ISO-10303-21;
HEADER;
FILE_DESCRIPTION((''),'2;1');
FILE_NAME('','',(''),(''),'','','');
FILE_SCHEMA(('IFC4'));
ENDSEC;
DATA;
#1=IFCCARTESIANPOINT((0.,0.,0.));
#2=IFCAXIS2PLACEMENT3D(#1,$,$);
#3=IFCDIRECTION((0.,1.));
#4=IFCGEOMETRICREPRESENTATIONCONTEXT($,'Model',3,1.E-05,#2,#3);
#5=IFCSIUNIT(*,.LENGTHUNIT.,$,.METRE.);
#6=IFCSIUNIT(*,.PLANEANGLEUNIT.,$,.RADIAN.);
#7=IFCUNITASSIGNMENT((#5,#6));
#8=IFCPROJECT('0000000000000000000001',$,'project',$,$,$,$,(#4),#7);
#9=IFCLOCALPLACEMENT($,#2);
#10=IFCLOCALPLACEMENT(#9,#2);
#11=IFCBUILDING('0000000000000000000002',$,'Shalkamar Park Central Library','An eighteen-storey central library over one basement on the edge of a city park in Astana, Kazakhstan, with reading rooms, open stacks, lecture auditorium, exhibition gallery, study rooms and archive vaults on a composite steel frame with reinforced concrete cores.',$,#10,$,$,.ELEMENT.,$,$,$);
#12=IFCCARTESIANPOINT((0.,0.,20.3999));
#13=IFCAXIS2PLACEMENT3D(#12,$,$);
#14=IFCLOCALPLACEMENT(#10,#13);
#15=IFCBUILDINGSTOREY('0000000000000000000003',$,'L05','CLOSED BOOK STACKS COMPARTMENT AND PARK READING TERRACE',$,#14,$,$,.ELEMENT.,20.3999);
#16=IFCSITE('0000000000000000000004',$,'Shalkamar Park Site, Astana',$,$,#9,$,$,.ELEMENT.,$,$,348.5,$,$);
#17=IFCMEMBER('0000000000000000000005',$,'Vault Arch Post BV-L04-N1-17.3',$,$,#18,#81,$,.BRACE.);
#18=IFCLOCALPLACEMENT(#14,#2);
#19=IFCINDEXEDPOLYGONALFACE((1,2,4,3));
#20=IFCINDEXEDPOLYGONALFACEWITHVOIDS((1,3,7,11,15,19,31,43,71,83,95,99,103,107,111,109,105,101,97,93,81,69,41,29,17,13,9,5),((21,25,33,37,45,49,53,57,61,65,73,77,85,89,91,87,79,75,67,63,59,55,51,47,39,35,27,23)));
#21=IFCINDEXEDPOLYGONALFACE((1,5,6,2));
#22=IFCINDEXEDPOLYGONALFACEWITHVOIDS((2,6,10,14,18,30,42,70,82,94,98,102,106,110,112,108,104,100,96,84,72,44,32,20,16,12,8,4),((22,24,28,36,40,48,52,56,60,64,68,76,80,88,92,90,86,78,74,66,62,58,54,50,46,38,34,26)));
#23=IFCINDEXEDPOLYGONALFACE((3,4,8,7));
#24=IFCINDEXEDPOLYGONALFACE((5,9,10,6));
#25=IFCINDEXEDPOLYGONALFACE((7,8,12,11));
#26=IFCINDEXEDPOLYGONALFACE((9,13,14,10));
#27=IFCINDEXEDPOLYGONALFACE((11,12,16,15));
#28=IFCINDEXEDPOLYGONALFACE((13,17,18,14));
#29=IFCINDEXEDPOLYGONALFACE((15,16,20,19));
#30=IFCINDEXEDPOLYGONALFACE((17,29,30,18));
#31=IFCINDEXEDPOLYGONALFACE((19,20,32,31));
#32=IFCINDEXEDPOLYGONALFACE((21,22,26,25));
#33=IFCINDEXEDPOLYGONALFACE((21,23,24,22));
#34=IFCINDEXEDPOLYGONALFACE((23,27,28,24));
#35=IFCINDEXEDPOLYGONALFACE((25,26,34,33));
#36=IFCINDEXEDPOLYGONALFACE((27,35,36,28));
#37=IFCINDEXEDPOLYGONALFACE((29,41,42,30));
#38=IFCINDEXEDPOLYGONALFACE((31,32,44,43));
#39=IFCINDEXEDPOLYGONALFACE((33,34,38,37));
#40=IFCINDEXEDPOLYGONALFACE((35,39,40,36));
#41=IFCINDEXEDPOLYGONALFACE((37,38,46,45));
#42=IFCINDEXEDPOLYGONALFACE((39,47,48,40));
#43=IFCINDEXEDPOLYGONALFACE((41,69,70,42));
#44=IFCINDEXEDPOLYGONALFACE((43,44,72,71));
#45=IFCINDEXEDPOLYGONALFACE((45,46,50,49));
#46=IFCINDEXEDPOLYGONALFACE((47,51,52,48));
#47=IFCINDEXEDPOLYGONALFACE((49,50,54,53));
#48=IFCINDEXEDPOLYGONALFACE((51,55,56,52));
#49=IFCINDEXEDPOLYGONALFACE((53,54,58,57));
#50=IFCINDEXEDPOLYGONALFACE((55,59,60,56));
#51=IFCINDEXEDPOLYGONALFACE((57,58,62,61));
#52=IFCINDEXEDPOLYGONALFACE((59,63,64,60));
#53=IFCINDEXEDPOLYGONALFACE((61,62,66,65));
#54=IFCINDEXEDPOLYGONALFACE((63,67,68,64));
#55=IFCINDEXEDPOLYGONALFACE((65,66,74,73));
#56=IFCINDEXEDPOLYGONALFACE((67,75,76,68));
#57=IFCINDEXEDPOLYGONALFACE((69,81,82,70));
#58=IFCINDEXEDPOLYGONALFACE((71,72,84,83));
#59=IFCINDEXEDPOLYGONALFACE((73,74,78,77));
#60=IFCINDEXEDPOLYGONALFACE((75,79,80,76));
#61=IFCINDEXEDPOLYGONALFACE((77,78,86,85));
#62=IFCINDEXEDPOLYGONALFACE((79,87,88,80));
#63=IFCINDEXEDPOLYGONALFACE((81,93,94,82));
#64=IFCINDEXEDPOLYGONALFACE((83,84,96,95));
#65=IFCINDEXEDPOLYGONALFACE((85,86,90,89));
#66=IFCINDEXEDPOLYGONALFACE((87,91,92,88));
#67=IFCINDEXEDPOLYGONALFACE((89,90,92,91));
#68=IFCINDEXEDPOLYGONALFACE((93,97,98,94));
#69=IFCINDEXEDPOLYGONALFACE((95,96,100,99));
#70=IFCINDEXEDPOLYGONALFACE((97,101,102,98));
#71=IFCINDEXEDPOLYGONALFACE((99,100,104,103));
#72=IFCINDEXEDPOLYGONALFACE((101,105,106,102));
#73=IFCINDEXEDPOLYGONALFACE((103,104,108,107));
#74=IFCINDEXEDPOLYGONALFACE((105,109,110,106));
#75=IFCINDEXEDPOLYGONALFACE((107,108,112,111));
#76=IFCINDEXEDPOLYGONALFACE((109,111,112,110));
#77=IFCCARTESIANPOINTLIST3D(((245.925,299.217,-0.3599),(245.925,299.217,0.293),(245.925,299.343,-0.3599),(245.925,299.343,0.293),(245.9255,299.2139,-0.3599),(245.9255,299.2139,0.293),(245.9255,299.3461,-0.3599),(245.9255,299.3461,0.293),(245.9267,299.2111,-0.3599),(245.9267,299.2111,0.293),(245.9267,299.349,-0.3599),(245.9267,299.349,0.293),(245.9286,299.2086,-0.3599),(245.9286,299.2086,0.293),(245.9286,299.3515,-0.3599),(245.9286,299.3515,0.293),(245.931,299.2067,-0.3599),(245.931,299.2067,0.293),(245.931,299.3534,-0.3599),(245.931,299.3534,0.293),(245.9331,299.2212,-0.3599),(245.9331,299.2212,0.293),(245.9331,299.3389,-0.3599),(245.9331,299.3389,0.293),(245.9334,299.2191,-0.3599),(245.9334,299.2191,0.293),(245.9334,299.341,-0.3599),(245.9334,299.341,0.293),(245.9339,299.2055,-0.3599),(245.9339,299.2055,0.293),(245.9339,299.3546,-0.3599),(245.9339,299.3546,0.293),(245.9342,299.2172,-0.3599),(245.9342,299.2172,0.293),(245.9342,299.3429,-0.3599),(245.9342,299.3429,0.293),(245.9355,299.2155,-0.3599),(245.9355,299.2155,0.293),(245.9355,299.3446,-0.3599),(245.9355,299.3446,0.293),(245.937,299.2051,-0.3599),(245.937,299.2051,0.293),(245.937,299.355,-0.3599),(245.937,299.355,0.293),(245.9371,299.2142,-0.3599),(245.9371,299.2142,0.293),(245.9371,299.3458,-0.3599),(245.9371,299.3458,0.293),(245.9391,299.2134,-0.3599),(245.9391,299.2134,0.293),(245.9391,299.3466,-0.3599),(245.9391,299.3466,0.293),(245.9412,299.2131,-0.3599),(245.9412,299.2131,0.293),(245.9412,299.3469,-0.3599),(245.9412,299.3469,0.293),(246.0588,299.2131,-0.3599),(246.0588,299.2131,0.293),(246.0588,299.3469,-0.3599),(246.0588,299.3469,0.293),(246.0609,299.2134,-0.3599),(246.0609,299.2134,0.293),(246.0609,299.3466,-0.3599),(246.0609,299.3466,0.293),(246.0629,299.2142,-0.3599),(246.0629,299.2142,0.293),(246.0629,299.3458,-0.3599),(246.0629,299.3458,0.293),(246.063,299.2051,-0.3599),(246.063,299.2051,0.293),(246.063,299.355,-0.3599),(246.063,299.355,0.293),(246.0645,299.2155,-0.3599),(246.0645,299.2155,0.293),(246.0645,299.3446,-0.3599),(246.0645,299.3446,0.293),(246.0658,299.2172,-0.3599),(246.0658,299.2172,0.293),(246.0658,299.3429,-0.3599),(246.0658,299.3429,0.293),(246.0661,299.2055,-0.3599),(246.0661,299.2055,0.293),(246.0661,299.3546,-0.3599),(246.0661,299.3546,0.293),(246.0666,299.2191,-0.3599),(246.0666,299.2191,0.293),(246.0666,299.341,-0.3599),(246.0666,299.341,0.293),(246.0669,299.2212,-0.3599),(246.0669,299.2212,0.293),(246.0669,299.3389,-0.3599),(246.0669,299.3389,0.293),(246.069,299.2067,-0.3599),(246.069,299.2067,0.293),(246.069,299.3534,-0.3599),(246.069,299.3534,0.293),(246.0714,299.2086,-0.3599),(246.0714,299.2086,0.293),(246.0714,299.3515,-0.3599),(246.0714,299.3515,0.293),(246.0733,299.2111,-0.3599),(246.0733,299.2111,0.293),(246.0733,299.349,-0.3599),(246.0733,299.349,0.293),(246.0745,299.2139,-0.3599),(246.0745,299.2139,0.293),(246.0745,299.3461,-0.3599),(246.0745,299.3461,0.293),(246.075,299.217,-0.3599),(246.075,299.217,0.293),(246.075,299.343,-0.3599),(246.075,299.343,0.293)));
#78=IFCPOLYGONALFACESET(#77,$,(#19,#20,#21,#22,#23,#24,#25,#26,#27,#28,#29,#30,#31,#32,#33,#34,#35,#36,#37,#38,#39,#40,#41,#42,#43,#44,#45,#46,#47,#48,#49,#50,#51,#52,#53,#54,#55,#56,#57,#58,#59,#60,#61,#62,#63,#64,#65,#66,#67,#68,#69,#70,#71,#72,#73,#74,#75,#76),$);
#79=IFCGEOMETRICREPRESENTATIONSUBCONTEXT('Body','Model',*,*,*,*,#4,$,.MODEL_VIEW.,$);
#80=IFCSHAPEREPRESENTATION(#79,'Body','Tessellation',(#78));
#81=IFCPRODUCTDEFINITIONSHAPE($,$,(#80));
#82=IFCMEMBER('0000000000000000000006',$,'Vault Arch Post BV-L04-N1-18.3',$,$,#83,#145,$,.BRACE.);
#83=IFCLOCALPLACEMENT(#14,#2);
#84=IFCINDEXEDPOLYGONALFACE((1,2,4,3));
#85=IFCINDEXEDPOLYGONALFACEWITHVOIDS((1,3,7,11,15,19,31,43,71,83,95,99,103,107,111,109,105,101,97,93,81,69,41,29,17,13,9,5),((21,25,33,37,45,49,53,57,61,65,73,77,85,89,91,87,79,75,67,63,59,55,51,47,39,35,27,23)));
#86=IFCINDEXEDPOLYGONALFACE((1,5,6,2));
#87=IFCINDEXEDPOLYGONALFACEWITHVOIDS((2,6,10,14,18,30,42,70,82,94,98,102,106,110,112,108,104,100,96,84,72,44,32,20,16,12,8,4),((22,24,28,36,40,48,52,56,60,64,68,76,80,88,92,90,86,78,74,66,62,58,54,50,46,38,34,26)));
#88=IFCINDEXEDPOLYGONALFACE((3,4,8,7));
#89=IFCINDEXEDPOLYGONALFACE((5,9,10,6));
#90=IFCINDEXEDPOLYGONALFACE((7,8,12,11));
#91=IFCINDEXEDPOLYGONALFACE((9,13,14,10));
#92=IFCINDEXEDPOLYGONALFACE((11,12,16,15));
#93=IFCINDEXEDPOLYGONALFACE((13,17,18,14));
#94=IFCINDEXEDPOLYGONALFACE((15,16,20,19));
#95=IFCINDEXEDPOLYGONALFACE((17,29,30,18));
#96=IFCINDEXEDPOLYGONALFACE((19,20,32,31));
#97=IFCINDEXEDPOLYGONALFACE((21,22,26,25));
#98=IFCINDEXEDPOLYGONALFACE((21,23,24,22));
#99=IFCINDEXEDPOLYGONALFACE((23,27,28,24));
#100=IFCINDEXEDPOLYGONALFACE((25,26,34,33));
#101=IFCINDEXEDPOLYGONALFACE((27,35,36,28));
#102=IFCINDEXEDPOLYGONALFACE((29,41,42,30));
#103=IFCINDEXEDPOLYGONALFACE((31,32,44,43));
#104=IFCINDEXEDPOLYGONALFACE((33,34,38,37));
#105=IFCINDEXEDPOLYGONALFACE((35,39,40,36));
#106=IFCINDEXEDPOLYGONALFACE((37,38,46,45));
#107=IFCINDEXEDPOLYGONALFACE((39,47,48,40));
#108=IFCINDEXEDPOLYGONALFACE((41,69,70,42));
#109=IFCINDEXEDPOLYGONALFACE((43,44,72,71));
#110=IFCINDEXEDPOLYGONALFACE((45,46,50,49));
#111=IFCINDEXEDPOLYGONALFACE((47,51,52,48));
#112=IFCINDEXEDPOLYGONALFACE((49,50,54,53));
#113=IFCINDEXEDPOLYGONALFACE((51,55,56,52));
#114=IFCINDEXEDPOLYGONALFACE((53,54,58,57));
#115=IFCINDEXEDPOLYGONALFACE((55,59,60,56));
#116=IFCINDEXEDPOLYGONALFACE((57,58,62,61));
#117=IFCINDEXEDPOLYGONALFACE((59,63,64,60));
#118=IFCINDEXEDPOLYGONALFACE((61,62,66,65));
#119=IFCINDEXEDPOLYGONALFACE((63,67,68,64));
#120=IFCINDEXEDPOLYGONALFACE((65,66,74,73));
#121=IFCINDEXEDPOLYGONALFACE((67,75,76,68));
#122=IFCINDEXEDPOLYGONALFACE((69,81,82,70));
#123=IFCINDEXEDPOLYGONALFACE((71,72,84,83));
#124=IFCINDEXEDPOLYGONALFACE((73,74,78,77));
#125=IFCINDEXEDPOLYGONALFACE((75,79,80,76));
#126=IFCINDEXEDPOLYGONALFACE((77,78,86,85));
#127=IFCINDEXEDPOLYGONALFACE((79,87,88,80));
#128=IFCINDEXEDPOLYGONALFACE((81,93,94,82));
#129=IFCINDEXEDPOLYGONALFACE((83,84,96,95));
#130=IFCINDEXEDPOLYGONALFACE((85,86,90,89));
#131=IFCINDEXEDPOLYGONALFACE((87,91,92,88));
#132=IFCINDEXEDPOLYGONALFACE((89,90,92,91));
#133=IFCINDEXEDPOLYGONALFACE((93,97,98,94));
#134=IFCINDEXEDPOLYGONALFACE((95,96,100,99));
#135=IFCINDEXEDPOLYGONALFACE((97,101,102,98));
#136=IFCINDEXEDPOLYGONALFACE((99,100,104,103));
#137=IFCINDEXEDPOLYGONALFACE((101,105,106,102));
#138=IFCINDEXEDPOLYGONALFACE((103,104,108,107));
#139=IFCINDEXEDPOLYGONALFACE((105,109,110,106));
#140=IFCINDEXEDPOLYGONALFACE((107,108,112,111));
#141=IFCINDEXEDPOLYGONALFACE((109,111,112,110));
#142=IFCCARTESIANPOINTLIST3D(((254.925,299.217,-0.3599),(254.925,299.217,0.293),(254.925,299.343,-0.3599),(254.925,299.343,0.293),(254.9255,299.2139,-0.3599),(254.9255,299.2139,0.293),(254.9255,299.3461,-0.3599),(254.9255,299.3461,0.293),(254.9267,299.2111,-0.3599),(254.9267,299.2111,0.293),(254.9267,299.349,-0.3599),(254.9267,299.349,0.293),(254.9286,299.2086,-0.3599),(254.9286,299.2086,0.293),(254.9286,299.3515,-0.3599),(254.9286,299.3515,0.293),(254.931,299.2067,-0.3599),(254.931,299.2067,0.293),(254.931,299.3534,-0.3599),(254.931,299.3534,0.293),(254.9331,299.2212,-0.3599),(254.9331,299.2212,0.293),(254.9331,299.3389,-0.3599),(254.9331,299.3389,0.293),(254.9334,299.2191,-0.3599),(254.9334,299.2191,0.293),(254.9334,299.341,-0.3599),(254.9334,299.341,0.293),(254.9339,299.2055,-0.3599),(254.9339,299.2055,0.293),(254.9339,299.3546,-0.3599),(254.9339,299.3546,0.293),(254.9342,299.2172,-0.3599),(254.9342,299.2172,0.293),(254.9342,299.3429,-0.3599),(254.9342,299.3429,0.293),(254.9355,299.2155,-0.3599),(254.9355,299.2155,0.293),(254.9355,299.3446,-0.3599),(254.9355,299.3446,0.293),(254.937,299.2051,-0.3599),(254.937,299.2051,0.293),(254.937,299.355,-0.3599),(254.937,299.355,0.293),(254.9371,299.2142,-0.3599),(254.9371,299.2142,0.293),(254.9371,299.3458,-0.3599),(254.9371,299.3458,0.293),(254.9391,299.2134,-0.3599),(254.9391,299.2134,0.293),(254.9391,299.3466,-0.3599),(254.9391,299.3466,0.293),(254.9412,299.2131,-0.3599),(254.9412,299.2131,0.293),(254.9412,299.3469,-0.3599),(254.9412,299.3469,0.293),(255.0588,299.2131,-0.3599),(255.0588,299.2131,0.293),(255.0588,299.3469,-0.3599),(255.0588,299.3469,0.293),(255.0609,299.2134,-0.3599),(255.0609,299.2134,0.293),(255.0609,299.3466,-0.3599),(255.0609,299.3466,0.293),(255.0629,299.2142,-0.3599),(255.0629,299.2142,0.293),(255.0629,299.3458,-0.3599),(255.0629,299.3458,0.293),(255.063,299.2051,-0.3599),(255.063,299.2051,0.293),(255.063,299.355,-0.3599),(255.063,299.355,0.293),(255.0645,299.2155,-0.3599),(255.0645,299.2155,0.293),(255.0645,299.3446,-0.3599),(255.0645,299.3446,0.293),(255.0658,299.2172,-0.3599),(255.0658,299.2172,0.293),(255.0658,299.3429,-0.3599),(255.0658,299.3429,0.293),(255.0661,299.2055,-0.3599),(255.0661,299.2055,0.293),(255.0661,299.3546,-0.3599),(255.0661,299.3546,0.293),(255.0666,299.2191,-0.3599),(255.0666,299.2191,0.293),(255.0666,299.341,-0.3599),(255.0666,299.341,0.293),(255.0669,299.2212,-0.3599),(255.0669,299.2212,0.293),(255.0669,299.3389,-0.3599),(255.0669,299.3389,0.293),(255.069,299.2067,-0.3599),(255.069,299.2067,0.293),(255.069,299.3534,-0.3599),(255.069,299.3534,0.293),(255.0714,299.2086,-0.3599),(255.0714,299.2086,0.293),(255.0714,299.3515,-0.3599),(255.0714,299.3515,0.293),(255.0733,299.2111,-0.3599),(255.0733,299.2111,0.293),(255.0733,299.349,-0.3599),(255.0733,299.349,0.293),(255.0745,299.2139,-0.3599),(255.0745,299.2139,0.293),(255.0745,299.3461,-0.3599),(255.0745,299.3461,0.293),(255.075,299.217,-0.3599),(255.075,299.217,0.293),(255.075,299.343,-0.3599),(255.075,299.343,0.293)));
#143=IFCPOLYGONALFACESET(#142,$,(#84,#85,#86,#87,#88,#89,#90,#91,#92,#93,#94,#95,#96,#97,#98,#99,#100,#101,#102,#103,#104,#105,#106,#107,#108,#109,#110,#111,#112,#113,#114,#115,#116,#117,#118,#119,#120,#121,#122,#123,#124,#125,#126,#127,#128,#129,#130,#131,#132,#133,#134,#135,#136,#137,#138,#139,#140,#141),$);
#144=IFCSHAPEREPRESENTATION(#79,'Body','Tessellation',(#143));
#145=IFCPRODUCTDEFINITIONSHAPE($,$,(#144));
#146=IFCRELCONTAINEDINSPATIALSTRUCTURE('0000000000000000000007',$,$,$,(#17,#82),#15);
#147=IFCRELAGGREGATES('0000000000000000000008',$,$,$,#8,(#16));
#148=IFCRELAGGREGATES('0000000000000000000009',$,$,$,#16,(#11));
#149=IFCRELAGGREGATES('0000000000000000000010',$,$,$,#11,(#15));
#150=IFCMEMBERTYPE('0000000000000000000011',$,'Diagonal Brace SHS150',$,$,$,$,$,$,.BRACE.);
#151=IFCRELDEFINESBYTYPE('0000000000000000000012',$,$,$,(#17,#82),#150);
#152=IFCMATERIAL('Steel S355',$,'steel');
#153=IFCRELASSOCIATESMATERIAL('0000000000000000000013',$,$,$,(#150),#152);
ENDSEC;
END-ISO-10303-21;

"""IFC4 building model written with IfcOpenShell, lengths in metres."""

from ifc_helpers import new_model, si_unit, direction, frame, origin, origin_2d, place, context, subcontext, project, spatial, hollow_rectangle, extrude, material, material_profile, profile_set, type_object, element, save


model = new_model("IFC4")

# Units and contexts
model_context = context("Model", 3, precision=1e-05, world=origin(), true_north=direction((0.0, 1.0)))
body_context = subcontext(model_context, "Body", "Model", "MODEL_VIEW")
ifc_project = project(units=[si_unit("LENGTHUNIT", "METRE"), si_unit("PLANEANGLEUNIT", "RADIAN")], contexts=[model_context])

# Site, building, storey
site_placement = place(None, origin())
site = spatial("IfcSite", under=ifc_project, at=site_placement, Name="Shalkamar Park Site, Astana", CompositionType="ELEMENT", RefElevation=348.5)
building_placement = place(site_placement, origin())
building = spatial("IfcBuilding", under=site, at=building_placement, Name="Shalkamar Park Central Library", Description="An eighteen-storey central library over one basement on the edge of a city park in Astana, Kazakhstan, with reading rooms, open stacks, lecture auditorium, exhibition gallery, study rooms and archive vaults on a composite steel frame with reinforced concrete cores.", CompositionType="ELEMENT")
storey_placement = place(building_placement, frame((0.0, 0.0, 20.3999)))
storey = spatial("IfcBuildingStorey", under=building, at=storey_placement, Name="L05", Description="CLOSED BOOK STACKS COMPARTMENT AND PARK READING TERRACE", CompositionType="ELEMENT", Elevation=20.3999)

# Members
ifc_material = material(Name="Steel S355", Category="steel")
ifc_material_profile_1 = material_profile(ifc_material, hollow_rectangle(XDim=0.1499, YDim=0.1499, WallThickness=0.0081, InnerFilletRadius=0.0081, OuterFilletRadius=0.012, at=origin_2d()), Name="SHS 150x150x8")
ifc_profile_set_1 = profile_set([ifc_material_profile_1], Name="Steel S355")
member_type_1 = type_object("IfcMemberType", Name="Diagonal Brace SHS150", PredefinedType="BRACE", material=ifc_profile_set_1)
for number, where, z_axis, x_axis, name in (
    (1, (246.0, 299.28, -0.3599), (0.0, 0.0, 1.0), (1.0, 0.0, 0.0), "Vault Arch Post BV-L04-N1-17.3"),
    (2, (255.0, 299.28, -0.3599), (0.0, 0.0, 1.0), (1.0, 0.0, 0.0), "Vault Arch Post BV-L04-N1-18.3"),
):
    element("IfcMember", number, at=place(storey_placement, frame(where, z_axis=z_axis, x_axis=x_axis)), inside=storey, type_object=member_type_1, Name=name, PredefinedType="BRACE", context=body_context, shape_type="SweptSolid", body=[
        extrude(hollow_rectangle(XDim=0.1499, YDim=0.1499, WallThickness=0.0081, InnerFilletRadius=0.0081, OuterFilletRadius=0.012, at=origin_2d()), origin(), (0.0, 0.0, 1.0), 0.6528),
    ])

save(model, "model.ifc")
